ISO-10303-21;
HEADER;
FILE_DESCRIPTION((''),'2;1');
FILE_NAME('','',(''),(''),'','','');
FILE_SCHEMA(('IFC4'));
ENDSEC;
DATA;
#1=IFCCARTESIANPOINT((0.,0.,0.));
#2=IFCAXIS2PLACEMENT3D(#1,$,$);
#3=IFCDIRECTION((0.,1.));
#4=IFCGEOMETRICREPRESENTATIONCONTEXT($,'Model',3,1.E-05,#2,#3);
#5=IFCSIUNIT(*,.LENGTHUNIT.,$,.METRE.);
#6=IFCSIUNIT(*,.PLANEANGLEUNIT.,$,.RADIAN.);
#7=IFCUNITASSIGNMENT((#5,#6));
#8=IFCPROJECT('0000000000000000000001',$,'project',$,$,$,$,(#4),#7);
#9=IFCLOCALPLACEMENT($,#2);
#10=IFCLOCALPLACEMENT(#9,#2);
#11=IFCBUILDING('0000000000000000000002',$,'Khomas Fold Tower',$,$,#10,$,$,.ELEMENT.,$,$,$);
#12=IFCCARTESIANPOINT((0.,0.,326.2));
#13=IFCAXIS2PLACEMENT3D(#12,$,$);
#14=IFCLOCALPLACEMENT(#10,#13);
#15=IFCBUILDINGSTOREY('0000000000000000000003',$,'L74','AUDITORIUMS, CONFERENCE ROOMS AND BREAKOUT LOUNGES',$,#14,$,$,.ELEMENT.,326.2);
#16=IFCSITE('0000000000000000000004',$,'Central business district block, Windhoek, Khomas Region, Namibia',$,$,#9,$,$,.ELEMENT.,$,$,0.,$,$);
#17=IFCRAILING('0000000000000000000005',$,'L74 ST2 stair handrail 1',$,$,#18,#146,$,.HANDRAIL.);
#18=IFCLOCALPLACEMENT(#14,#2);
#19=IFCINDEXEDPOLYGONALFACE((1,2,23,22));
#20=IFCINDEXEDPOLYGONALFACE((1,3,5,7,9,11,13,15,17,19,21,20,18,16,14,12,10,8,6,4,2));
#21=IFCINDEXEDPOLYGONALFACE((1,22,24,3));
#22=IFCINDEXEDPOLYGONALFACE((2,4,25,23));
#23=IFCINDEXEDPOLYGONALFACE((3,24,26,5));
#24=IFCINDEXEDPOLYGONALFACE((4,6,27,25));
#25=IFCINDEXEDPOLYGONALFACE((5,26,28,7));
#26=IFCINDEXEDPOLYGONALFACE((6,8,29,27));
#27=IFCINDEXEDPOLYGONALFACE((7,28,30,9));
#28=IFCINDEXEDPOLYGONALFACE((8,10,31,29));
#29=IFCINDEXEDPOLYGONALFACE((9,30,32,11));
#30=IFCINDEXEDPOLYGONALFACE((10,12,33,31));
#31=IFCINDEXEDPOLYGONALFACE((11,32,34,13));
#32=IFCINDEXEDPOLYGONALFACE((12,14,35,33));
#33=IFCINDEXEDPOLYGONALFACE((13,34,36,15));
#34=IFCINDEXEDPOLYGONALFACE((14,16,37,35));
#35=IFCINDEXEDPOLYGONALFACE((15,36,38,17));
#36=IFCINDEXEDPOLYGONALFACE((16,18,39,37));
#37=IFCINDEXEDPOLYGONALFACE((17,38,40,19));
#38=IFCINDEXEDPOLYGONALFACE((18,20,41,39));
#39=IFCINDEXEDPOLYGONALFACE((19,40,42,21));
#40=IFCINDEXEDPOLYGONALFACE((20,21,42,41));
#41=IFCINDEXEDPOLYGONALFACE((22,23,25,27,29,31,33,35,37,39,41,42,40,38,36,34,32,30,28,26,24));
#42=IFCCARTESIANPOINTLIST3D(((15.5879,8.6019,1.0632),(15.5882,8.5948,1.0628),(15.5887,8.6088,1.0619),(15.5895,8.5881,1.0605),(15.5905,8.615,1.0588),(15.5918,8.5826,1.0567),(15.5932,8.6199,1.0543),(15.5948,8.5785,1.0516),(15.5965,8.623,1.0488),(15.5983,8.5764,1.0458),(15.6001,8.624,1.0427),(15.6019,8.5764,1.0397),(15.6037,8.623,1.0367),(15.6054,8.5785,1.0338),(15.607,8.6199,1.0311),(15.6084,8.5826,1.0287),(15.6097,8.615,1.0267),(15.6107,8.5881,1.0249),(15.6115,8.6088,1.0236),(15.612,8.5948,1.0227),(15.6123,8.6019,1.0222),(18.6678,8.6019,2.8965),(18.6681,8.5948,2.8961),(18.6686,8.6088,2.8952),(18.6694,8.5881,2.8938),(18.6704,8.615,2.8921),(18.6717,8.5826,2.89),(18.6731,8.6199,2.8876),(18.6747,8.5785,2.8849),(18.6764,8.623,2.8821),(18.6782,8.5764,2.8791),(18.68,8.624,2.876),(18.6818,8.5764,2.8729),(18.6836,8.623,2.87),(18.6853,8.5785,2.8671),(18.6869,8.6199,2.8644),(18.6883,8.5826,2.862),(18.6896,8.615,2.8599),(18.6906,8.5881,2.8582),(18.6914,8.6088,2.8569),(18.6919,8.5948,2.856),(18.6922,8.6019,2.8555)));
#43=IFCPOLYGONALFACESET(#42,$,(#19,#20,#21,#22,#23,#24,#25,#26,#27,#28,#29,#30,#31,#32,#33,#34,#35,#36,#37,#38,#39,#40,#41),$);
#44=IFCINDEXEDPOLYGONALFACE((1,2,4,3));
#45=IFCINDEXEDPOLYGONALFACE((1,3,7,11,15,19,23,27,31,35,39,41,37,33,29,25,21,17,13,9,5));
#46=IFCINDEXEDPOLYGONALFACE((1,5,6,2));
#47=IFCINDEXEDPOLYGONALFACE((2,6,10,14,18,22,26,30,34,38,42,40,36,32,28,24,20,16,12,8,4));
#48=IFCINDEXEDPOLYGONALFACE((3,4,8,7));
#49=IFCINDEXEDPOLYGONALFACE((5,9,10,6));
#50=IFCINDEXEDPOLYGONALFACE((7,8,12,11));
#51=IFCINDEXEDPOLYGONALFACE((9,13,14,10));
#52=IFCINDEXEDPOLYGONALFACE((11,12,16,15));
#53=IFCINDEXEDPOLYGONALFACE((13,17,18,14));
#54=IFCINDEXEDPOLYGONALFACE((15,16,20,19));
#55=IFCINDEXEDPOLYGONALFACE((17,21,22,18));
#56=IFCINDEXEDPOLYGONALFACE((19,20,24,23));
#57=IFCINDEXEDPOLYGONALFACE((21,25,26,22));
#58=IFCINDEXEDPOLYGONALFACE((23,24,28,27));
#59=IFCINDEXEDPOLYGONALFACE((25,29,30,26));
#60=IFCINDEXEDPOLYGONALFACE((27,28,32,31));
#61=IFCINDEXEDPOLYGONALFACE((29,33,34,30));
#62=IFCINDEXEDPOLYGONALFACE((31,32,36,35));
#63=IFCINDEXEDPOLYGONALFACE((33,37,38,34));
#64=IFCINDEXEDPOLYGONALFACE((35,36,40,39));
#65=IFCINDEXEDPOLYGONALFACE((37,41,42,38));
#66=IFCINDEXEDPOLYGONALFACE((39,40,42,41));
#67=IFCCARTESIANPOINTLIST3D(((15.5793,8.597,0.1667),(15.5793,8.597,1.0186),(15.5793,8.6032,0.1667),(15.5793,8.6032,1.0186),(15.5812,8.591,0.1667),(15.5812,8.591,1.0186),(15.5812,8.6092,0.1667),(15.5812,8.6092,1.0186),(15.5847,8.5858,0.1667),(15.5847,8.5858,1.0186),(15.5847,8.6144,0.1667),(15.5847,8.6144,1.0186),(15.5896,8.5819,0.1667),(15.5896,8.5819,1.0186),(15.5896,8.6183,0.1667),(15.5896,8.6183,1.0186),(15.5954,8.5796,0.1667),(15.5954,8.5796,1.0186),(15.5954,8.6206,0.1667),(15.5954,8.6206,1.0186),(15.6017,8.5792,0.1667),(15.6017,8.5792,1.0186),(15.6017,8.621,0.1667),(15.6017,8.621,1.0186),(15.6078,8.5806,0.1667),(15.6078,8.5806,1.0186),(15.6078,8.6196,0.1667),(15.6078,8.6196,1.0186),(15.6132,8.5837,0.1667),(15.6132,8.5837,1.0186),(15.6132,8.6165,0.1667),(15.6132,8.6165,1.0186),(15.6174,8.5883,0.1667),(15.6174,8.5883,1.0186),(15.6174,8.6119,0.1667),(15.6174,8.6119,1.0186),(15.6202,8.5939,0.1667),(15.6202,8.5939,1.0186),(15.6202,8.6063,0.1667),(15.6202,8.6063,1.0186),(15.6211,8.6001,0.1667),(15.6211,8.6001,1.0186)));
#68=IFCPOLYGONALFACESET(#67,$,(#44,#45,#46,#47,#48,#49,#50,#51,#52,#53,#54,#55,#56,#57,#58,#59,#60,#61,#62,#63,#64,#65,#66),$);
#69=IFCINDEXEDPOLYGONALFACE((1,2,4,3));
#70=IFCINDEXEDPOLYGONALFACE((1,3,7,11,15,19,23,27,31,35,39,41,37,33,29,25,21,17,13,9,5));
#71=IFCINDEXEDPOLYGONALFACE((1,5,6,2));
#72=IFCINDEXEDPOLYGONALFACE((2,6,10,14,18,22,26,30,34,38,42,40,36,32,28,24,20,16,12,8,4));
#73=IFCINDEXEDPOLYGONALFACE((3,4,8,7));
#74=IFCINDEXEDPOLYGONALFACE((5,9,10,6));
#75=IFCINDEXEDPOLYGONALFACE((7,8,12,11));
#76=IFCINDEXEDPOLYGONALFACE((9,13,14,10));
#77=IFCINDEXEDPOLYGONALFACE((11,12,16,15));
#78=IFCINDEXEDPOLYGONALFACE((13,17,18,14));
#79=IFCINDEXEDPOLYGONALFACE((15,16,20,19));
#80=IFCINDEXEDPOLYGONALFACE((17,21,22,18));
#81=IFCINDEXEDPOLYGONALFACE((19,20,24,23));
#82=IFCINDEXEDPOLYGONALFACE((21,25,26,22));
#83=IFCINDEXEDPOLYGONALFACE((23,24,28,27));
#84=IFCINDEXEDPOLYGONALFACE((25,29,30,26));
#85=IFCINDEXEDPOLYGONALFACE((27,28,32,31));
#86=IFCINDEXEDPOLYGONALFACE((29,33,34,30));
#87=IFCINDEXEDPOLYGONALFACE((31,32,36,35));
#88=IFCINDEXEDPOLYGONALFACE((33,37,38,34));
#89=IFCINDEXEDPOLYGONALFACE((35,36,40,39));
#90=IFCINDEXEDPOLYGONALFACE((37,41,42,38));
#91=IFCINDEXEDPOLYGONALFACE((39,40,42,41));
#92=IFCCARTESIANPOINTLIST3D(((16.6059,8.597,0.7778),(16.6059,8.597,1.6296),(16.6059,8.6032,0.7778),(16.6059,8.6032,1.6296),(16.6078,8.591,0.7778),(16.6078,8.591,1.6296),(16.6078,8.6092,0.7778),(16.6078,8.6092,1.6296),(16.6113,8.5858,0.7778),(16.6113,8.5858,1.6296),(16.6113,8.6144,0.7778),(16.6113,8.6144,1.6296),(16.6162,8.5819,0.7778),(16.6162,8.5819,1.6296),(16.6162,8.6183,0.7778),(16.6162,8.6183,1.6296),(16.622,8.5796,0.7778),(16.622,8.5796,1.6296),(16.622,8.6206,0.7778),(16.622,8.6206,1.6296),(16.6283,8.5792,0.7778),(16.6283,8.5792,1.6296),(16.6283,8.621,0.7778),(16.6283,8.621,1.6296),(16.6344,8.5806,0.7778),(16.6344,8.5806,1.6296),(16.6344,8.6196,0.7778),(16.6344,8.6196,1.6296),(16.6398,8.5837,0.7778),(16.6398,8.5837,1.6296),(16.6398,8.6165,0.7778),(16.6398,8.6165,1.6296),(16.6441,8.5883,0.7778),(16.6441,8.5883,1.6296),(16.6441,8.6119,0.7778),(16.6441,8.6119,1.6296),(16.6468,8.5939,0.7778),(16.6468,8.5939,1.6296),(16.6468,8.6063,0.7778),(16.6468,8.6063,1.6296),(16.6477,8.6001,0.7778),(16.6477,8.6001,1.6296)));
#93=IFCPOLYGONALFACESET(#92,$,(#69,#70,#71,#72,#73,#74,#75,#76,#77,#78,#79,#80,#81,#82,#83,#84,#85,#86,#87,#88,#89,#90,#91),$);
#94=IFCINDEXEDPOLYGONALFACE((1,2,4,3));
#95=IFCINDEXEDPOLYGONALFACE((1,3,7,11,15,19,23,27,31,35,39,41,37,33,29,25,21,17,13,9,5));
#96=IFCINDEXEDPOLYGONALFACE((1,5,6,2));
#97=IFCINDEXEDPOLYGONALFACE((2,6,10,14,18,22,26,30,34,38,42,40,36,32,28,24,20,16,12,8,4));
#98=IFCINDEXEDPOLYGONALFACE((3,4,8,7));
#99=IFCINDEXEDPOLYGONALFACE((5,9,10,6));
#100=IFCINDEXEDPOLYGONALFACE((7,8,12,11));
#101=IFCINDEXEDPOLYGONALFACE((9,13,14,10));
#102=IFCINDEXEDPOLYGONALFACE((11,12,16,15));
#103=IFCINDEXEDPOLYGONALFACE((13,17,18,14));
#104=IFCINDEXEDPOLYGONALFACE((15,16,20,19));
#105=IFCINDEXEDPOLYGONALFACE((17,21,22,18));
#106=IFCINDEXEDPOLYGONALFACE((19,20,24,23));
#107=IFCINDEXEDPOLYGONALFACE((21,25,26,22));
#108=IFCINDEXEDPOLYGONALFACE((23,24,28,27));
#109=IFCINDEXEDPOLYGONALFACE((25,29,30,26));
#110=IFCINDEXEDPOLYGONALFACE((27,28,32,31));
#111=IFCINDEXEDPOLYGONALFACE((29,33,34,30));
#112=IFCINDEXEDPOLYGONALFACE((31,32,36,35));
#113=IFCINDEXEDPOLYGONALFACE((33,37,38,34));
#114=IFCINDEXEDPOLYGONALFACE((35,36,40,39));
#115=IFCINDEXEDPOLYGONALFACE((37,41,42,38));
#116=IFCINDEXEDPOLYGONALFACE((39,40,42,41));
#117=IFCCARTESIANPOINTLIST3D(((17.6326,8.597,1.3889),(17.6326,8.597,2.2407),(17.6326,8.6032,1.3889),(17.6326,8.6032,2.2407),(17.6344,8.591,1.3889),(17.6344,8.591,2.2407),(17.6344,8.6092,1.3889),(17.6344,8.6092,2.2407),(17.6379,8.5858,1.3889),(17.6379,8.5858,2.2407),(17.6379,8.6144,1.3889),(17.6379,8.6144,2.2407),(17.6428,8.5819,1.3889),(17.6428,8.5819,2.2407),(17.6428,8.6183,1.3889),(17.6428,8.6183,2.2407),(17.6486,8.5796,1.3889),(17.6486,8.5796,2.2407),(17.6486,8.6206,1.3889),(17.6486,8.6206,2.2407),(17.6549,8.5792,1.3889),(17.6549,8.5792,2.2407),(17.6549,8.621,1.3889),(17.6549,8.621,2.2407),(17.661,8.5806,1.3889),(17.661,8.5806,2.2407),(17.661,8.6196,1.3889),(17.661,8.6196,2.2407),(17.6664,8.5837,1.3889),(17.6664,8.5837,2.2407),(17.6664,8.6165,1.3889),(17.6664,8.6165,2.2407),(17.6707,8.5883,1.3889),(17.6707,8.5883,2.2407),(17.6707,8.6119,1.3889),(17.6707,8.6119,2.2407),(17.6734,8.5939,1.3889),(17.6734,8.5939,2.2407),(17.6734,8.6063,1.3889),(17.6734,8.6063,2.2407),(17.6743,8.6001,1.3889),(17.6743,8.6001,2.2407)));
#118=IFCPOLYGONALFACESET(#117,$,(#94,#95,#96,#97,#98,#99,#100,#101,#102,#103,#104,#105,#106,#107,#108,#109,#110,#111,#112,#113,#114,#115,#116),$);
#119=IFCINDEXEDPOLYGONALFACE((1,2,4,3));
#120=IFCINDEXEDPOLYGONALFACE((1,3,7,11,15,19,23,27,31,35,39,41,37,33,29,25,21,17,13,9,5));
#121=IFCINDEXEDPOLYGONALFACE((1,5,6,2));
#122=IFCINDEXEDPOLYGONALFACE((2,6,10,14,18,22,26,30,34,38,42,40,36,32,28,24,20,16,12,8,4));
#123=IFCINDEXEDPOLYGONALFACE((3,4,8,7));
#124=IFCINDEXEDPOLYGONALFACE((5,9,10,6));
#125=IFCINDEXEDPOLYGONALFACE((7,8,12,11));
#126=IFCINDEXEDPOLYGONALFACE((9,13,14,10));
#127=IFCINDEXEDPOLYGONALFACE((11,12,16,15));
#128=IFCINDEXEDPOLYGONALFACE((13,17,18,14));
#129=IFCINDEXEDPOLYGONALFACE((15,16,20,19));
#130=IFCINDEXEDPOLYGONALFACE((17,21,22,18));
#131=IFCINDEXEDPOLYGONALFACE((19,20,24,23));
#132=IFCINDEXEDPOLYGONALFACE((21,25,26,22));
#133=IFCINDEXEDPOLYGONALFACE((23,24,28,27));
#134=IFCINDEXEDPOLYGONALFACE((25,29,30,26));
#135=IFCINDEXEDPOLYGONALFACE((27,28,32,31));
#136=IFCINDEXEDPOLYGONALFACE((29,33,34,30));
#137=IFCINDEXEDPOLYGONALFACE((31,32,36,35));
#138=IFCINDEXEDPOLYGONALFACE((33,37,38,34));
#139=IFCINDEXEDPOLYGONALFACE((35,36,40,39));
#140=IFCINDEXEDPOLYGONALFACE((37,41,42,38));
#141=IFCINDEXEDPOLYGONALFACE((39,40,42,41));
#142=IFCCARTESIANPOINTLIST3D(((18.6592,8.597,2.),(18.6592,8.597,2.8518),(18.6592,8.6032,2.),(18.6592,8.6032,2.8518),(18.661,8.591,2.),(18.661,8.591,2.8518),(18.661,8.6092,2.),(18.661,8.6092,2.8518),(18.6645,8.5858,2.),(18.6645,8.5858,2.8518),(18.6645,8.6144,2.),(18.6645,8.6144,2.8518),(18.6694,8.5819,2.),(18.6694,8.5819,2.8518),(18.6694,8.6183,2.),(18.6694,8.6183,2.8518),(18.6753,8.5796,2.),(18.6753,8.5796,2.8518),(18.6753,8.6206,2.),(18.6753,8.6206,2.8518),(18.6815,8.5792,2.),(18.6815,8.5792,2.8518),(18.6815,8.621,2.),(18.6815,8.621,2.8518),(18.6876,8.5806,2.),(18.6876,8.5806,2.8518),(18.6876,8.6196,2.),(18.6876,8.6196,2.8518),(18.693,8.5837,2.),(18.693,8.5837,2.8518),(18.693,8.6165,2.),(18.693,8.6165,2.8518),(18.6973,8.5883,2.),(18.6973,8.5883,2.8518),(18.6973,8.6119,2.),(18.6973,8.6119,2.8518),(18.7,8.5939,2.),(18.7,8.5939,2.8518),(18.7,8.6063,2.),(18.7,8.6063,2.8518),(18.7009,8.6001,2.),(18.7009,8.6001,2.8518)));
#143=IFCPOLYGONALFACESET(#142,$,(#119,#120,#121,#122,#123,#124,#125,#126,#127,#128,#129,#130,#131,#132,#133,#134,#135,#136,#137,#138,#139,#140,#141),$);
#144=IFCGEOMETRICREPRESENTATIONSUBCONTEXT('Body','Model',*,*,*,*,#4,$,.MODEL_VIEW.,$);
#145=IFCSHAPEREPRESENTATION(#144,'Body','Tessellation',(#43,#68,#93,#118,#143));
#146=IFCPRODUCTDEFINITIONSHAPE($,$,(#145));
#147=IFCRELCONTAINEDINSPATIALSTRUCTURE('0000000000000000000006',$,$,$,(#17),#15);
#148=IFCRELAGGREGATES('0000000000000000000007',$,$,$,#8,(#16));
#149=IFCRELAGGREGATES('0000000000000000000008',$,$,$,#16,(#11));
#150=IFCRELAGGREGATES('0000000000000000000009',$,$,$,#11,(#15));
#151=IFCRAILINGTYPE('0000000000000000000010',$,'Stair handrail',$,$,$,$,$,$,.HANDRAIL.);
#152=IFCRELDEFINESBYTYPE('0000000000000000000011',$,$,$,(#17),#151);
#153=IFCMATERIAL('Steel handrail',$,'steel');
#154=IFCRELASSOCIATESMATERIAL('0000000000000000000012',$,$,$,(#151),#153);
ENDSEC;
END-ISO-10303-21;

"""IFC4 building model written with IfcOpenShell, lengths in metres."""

from ifc_helpers import new_model, si_unit, direction, frame, origin, origin_2d, place, context, subcontext, project, spatial, circle, extrude, source, transform, mapped, material, type_object, element, save


model = new_model("IFC4")

# Units and contexts
model_context = context("Model", 3, precision=1e-05, world=origin(), true_north=direction((0.0, 1.0)))
body_context = subcontext(model_context, "Body", "Model", "MODEL_VIEW")
ifc_project = project(units=[si_unit("LENGTHUNIT", "METRE"), si_unit("PLANEANGLEUNIT", "RADIAN")], contexts=[model_context])

# Site, building, storey
site_placement = place(None, origin())
site = spatial("IfcSite", under=ifc_project, at=site_placement, Name="Central business district block, Windhoek, Khomas Region, Namibia", CompositionType="ELEMENT", RefElevation=0.0)
building_placement = place(site_placement, origin())
building = spatial("IfcBuilding", under=site, at=building_placement, Name="Khomas Fold Tower", CompositionType="ELEMENT")
storey_placement = place(building_placement, frame((0.0, 0.0, 326.2)))
storey = spatial("IfcBuildingStorey", under=building, at=storey_placement, Name="L74", Description="AUDITORIUMS, CONFERENCE ROOMS AND BREAKOUT LOUNGES", CompositionType="ELEMENT", Elevation=326.2)

# Railing
ifc_material_1 = material(Name="Steel handrail", Category="steel")
railing_type_1 = type_object("IfcRailingType", Name="Stair handrail", PredefinedType="HANDRAIL", material=ifc_material_1)
shared_shape_1 = source(origin(), body_context, "Body", "SweptSolid", [
    extrude(circle(Radius=0.0239, at=origin_2d()), frame((0.0, 0.0, 0.876), z_axis=(0.859291, 0.0, 0.511487), x_axis=(0.0, 1.0, 0.0)), (0.0, 0.0, 1.0), 3.5842),
    extrude(circle(Radius=0.021, at=origin_2d()), origin(), (0.0, 0.0, 1.0), 0.8518),
    extrude(circle(Radius=0.021, at=origin_2d()), frame((1.0266, 0.0, 0.6111)), (0.0, 0.0, 1.0), 0.8518),
    extrude(circle(Radius=0.021, at=origin_2d()), frame((2.0532, 0.0, 1.2222)), (0.0, 0.0, 1.0), 0.8518),
    extrude(circle(Radius=0.021, at=origin_2d()), frame((3.0798, 0.0, 1.8333)), (0.0, 0.0, 1.0), 0.8518),
])
railing_1_placement = place(storey_placement, frame((15.6001, 8.6001, 0.1667)))
element("IfcRailing", 1, at=railing_1_placement, inside=storey, type_object=railing_type_1, Name="L74 ST2 stair handrail 1", PredefinedType="HANDRAIL", context=body_context, shape_type="MappedRepresentation", body=[
    mapped(shared_shape_1, transform((0.0, 0.0, 0.0))),
])

save(model, "model.ifc")
